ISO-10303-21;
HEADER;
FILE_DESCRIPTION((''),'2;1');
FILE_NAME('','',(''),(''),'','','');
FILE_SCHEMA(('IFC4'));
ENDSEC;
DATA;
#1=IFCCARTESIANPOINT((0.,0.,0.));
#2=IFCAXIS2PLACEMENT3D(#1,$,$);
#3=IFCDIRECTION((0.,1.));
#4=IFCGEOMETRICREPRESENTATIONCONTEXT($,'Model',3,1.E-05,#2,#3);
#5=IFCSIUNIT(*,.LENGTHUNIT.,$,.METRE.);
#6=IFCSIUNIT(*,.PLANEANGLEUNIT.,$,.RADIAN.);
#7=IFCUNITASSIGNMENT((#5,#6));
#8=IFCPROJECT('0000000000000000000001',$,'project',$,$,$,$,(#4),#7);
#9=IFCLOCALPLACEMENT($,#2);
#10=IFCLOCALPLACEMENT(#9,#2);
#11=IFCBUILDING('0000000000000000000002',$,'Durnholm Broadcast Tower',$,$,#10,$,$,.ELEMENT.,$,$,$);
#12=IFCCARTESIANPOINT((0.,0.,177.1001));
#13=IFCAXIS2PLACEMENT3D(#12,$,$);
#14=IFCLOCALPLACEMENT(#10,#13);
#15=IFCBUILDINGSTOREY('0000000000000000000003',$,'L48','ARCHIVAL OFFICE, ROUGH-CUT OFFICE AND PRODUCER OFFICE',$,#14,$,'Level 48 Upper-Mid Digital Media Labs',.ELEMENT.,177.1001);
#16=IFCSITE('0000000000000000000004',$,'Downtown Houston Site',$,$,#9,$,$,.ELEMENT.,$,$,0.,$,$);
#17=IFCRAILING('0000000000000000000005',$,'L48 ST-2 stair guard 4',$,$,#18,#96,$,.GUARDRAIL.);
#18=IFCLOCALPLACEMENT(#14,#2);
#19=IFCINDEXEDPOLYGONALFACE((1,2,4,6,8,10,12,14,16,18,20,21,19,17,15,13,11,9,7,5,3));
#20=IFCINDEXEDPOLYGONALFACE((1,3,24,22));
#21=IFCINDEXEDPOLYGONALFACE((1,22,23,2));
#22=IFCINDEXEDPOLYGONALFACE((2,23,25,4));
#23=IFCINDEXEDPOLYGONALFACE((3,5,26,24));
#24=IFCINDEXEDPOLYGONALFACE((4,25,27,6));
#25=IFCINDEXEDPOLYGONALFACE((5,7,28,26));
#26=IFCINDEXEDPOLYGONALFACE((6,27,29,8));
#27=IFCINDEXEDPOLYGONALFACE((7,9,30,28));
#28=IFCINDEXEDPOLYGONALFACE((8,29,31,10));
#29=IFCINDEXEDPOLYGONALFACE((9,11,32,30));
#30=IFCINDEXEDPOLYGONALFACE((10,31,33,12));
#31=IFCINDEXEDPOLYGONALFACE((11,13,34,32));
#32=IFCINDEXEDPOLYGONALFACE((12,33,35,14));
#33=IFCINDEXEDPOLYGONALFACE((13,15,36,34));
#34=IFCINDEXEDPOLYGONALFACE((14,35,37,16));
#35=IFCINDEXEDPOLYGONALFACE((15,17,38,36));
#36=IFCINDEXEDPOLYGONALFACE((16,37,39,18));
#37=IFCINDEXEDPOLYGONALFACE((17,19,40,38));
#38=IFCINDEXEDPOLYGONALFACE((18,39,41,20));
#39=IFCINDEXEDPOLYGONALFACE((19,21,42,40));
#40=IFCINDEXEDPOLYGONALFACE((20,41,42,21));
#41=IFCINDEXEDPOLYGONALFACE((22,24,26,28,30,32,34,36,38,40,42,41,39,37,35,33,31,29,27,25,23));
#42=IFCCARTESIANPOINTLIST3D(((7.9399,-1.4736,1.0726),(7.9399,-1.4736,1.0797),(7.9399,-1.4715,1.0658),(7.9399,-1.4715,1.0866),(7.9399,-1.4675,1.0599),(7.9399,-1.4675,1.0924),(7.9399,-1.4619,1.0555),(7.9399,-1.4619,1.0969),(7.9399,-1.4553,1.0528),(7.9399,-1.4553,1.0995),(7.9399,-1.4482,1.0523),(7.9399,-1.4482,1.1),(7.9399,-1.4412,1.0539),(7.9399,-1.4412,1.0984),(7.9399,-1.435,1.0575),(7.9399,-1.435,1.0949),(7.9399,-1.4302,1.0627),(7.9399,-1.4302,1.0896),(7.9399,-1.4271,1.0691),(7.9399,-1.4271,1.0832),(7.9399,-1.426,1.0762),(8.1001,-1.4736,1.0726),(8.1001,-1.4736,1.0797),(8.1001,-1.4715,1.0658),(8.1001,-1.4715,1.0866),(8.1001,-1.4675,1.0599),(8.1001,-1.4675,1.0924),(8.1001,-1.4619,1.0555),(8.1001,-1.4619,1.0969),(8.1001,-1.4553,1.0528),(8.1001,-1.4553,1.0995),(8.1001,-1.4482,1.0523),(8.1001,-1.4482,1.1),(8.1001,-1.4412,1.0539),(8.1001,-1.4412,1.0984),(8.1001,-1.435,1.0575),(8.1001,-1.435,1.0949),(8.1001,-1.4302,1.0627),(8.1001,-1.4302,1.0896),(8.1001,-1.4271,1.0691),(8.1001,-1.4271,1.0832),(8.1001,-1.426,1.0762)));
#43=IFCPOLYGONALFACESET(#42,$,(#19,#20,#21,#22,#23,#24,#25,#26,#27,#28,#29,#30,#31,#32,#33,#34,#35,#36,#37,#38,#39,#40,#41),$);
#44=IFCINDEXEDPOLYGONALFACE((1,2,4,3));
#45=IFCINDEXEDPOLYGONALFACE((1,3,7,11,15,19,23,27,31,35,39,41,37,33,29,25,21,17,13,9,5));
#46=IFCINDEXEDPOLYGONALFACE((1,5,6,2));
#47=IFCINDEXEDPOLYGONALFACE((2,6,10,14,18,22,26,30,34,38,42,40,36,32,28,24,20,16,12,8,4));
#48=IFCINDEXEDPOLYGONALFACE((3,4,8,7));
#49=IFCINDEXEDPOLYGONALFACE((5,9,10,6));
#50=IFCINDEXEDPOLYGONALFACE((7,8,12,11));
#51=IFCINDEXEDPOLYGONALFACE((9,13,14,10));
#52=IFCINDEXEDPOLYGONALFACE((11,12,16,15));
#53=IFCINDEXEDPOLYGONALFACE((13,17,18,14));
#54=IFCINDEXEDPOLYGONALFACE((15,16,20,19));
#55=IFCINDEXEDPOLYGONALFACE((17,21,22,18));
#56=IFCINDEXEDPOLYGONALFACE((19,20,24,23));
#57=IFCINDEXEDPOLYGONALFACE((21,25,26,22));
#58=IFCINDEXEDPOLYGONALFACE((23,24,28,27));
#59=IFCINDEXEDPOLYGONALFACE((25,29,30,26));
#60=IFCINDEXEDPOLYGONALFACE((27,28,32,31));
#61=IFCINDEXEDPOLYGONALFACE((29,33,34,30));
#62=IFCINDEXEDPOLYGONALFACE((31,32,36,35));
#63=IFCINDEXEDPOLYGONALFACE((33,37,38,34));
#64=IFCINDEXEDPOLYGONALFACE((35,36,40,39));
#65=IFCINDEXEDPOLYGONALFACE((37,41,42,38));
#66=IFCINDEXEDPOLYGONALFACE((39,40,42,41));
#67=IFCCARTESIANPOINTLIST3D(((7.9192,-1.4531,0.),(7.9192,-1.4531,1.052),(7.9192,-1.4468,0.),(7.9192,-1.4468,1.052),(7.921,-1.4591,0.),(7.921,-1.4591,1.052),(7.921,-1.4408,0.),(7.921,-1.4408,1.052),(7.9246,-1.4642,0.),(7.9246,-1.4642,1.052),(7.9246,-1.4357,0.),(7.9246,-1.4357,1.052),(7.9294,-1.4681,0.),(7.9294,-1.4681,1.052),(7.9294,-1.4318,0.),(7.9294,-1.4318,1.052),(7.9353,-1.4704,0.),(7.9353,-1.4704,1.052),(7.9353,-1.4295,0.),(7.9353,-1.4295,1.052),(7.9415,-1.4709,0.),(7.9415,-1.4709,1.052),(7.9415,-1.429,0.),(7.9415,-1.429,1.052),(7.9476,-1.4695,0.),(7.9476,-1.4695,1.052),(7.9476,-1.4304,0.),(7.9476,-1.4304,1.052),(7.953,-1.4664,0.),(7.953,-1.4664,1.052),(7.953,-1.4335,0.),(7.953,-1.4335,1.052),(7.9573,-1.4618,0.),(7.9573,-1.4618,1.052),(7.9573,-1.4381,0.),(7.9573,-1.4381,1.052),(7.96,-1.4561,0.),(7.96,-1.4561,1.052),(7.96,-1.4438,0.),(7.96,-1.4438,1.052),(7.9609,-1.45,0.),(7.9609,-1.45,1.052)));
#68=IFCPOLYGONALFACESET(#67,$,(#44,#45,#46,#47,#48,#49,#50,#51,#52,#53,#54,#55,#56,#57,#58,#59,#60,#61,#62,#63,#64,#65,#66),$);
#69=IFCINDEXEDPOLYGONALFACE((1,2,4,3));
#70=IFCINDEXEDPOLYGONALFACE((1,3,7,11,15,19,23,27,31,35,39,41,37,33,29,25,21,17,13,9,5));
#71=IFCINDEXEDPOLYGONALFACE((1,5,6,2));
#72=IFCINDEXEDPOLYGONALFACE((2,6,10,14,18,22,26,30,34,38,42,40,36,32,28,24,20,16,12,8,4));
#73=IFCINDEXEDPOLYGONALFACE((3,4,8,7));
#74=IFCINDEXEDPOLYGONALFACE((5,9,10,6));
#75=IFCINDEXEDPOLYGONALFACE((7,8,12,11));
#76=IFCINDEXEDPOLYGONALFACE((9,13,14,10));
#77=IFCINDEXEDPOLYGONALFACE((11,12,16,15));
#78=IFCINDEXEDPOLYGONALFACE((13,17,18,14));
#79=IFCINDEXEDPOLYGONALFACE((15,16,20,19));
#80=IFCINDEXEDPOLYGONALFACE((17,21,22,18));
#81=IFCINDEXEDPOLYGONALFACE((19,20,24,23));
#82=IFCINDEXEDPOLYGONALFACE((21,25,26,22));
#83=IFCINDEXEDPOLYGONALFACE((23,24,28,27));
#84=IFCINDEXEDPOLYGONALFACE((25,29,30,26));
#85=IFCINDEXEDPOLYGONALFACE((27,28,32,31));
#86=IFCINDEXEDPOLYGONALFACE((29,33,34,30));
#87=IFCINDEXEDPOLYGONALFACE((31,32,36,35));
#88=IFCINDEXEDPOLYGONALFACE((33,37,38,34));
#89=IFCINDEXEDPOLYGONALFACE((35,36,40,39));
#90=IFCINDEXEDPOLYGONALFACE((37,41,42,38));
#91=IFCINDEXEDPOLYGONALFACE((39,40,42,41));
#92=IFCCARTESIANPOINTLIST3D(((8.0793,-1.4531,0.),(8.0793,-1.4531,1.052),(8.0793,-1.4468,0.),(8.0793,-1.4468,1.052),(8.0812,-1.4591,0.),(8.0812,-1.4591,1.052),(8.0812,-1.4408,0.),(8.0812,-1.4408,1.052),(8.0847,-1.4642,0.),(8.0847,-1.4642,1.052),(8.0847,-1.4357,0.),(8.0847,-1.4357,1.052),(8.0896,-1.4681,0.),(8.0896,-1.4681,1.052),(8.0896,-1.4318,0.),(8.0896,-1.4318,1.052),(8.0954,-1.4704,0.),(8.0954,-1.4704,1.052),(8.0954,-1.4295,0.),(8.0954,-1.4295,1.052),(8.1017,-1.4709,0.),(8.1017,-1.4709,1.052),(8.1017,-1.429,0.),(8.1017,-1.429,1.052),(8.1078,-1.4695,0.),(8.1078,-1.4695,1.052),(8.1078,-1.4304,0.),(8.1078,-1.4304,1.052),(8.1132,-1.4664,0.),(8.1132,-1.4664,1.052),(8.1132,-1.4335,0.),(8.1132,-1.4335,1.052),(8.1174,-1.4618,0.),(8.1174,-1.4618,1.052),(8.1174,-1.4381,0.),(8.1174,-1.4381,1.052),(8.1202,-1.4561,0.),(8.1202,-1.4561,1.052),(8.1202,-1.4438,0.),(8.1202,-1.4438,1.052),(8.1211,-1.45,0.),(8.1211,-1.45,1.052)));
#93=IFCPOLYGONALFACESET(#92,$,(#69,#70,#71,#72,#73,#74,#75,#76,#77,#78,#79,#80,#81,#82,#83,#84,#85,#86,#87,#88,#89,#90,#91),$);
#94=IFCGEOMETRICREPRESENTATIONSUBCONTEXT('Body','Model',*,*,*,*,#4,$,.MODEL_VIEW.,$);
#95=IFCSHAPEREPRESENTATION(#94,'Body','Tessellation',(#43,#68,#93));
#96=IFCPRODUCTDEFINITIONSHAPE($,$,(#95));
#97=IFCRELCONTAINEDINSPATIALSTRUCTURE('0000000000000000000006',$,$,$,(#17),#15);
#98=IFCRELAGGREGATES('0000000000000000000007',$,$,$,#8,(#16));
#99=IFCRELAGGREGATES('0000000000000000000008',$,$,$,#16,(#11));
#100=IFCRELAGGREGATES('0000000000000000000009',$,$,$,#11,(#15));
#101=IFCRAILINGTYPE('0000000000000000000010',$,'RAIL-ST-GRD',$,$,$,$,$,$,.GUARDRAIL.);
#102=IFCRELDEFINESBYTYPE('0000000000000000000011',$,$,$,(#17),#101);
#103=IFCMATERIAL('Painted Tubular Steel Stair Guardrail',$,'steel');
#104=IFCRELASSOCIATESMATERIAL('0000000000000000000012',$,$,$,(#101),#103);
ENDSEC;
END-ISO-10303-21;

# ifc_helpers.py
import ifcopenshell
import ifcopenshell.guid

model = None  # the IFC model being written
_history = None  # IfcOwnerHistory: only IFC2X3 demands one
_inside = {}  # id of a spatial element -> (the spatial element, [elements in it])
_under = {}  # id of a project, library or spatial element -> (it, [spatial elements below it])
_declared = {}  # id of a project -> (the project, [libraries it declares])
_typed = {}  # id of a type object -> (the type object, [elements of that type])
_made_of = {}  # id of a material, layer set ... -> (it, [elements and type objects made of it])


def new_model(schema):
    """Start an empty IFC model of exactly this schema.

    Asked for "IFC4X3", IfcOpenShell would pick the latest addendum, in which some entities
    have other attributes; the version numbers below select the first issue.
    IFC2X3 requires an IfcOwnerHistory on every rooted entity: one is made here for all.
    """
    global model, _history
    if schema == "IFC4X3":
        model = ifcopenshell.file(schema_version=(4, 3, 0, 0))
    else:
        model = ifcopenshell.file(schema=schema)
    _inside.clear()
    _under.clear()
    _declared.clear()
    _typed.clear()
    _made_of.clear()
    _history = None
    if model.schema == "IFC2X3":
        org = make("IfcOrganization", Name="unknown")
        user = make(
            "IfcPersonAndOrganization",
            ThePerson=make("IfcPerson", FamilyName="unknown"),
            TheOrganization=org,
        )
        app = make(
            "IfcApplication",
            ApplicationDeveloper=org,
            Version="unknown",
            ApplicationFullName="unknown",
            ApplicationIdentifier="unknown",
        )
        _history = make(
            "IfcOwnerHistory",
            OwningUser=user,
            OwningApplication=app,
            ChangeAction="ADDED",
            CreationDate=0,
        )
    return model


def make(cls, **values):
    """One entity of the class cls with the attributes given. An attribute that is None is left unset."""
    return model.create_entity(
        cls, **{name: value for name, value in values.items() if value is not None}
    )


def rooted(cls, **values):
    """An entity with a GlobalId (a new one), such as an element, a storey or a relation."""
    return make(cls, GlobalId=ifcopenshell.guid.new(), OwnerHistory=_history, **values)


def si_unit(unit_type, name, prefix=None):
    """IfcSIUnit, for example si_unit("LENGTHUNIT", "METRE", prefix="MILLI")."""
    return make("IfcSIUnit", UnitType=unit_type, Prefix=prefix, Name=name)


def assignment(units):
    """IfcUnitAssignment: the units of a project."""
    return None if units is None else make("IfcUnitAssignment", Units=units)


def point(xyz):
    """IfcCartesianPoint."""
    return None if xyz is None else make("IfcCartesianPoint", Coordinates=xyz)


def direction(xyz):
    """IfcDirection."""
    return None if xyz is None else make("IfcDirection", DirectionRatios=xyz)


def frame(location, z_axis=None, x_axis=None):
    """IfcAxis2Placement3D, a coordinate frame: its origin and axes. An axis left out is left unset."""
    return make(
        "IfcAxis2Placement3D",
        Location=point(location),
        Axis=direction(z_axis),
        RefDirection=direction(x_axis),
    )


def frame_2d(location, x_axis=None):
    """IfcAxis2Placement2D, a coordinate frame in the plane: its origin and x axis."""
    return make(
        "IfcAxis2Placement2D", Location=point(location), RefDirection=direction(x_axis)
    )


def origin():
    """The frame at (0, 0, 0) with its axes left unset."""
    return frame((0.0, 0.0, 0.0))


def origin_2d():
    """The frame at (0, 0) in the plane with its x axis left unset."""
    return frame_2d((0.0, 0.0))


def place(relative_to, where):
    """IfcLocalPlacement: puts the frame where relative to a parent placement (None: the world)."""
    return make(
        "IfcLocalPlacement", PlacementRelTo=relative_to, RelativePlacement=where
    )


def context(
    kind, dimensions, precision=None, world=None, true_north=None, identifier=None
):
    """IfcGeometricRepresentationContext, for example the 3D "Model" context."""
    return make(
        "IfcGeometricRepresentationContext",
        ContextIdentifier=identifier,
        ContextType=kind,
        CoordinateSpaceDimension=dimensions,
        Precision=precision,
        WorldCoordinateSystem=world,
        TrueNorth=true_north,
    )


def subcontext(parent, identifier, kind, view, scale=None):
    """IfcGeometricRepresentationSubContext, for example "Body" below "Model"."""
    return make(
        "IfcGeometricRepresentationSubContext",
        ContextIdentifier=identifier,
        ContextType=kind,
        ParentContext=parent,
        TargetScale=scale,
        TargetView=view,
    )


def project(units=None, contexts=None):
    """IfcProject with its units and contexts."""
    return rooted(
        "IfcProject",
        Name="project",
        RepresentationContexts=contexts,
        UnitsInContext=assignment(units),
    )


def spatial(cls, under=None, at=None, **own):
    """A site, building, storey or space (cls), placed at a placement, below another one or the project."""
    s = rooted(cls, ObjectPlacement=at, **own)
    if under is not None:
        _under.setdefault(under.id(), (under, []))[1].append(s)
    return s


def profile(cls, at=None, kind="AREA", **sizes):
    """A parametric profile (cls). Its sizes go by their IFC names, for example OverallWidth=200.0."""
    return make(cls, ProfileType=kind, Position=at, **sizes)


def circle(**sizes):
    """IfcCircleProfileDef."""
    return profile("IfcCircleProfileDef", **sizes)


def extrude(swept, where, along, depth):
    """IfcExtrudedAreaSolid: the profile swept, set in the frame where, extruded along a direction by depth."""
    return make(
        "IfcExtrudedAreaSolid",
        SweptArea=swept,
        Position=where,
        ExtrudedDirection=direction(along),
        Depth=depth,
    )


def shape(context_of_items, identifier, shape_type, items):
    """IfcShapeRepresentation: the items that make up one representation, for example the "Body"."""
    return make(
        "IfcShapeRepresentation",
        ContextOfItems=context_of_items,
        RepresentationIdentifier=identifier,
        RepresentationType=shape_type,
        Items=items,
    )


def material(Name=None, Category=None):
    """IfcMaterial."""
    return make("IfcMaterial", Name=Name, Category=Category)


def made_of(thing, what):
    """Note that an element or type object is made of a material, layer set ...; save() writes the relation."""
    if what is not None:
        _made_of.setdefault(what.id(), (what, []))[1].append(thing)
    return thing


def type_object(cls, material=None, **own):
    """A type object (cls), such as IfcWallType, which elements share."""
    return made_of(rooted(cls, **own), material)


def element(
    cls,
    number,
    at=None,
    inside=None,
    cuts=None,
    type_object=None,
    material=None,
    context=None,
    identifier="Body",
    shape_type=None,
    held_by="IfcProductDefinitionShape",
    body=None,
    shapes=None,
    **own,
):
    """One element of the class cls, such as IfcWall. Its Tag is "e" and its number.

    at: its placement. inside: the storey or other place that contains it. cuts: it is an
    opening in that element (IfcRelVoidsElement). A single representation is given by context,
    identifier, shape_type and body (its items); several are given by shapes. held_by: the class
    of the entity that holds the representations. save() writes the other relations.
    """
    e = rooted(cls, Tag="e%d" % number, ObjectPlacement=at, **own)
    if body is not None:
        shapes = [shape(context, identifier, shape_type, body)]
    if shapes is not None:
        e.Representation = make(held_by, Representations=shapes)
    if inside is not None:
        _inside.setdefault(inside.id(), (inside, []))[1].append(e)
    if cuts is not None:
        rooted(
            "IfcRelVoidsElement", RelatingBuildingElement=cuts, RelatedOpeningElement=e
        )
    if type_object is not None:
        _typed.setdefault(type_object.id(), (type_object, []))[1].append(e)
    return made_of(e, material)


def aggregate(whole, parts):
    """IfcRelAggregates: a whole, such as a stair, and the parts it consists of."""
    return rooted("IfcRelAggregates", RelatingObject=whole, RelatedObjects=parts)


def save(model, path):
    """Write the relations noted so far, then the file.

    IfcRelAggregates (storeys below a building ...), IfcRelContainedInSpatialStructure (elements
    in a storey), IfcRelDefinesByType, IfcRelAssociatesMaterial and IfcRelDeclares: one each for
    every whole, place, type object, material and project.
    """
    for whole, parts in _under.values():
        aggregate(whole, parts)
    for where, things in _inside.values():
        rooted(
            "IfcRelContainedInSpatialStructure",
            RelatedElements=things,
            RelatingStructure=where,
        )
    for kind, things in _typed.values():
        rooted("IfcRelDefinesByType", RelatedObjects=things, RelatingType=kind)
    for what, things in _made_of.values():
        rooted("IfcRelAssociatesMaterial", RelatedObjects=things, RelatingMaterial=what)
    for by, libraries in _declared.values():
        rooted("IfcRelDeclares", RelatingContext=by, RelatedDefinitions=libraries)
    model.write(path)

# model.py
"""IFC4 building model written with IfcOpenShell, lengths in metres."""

from ifc_helpers import new_model, si_unit, direction, frame, origin, origin_2d, place, context, subcontext, project, spatial, circle, extrude, material, type_object, element, save


model = new_model("IFC4")

# Units and contexts
model_context = context("Model", 3, precision=1e-05, world=origin(), true_north=direction((0.0, 1.0)))
body_context = subcontext(model_context, "Body", "Model", "MODEL_VIEW")
ifc_project = project(units=[si_unit("LENGTHUNIT", "METRE"), si_unit("PLANEANGLEUNIT", "RADIAN")], contexts=[model_context])

# Site, building, storey
site_placement = place(None, origin())
site = spatial("IfcSite", under=ifc_project, at=site_placement, Name="Downtown Houston Site", CompositionType="ELEMENT", RefElevation=0.0)
building_placement = place(site_placement, origin())
building = spatial("IfcBuilding", under=site, at=building_placement, Name="Durnholm Broadcast Tower", CompositionType="ELEMENT")
storey_placement = place(building_placement, frame((0.0, 0.0, 177.1001)))
storey = spatial("IfcBuildingStorey", under=building, at=storey_placement, Name="L48", Description="ARCHIVAL OFFICE, ROUGH-CUT OFFICE AND PRODUCER OFFICE", LongName="Level 48 Upper-Mid Digital Media Labs", CompositionType="ELEMENT", Elevation=177.1001)

# Railing
ifc_material_1 = material(Name="Painted Tubular Steel Stair Guardrail", Category="steel")
railing_type = type_object("IfcRailingType", Name="RAIL-ST-GRD", PredefinedType="GUARDRAIL", material=ifc_material_1)
railing_1_placement = place(storey_placement, frame((7.9399, -1.45, 0.0)))
element("IfcRailing", 1, at=railing_1_placement, inside=storey, type_object=railing_type, Name="L48 ST-2 stair guard 4", PredefinedType="GUARDRAIL", context=body_context, shape_type="SweptSolid", body=[
    extrude(circle(Radius=0.0239, at=origin_2d()), frame((0.0, 0.0, 1.0762), z_axis=(1.0, 0.0, 0.0), x_axis=(0.0, 1.0, 0.0)), (0.0, 0.0, 1.0), 0.1602),
    extrude(circle(Radius=0.021, at=origin_2d()), origin(), (0.0, 0.0, 1.0), 1.052),
    extrude(circle(Radius=0.021, at=origin_2d()), frame((0.1602, 0.0, 0.0)), (0.0, 0.0, 1.0), 1.052),
])

save(model, "model.ifc")
